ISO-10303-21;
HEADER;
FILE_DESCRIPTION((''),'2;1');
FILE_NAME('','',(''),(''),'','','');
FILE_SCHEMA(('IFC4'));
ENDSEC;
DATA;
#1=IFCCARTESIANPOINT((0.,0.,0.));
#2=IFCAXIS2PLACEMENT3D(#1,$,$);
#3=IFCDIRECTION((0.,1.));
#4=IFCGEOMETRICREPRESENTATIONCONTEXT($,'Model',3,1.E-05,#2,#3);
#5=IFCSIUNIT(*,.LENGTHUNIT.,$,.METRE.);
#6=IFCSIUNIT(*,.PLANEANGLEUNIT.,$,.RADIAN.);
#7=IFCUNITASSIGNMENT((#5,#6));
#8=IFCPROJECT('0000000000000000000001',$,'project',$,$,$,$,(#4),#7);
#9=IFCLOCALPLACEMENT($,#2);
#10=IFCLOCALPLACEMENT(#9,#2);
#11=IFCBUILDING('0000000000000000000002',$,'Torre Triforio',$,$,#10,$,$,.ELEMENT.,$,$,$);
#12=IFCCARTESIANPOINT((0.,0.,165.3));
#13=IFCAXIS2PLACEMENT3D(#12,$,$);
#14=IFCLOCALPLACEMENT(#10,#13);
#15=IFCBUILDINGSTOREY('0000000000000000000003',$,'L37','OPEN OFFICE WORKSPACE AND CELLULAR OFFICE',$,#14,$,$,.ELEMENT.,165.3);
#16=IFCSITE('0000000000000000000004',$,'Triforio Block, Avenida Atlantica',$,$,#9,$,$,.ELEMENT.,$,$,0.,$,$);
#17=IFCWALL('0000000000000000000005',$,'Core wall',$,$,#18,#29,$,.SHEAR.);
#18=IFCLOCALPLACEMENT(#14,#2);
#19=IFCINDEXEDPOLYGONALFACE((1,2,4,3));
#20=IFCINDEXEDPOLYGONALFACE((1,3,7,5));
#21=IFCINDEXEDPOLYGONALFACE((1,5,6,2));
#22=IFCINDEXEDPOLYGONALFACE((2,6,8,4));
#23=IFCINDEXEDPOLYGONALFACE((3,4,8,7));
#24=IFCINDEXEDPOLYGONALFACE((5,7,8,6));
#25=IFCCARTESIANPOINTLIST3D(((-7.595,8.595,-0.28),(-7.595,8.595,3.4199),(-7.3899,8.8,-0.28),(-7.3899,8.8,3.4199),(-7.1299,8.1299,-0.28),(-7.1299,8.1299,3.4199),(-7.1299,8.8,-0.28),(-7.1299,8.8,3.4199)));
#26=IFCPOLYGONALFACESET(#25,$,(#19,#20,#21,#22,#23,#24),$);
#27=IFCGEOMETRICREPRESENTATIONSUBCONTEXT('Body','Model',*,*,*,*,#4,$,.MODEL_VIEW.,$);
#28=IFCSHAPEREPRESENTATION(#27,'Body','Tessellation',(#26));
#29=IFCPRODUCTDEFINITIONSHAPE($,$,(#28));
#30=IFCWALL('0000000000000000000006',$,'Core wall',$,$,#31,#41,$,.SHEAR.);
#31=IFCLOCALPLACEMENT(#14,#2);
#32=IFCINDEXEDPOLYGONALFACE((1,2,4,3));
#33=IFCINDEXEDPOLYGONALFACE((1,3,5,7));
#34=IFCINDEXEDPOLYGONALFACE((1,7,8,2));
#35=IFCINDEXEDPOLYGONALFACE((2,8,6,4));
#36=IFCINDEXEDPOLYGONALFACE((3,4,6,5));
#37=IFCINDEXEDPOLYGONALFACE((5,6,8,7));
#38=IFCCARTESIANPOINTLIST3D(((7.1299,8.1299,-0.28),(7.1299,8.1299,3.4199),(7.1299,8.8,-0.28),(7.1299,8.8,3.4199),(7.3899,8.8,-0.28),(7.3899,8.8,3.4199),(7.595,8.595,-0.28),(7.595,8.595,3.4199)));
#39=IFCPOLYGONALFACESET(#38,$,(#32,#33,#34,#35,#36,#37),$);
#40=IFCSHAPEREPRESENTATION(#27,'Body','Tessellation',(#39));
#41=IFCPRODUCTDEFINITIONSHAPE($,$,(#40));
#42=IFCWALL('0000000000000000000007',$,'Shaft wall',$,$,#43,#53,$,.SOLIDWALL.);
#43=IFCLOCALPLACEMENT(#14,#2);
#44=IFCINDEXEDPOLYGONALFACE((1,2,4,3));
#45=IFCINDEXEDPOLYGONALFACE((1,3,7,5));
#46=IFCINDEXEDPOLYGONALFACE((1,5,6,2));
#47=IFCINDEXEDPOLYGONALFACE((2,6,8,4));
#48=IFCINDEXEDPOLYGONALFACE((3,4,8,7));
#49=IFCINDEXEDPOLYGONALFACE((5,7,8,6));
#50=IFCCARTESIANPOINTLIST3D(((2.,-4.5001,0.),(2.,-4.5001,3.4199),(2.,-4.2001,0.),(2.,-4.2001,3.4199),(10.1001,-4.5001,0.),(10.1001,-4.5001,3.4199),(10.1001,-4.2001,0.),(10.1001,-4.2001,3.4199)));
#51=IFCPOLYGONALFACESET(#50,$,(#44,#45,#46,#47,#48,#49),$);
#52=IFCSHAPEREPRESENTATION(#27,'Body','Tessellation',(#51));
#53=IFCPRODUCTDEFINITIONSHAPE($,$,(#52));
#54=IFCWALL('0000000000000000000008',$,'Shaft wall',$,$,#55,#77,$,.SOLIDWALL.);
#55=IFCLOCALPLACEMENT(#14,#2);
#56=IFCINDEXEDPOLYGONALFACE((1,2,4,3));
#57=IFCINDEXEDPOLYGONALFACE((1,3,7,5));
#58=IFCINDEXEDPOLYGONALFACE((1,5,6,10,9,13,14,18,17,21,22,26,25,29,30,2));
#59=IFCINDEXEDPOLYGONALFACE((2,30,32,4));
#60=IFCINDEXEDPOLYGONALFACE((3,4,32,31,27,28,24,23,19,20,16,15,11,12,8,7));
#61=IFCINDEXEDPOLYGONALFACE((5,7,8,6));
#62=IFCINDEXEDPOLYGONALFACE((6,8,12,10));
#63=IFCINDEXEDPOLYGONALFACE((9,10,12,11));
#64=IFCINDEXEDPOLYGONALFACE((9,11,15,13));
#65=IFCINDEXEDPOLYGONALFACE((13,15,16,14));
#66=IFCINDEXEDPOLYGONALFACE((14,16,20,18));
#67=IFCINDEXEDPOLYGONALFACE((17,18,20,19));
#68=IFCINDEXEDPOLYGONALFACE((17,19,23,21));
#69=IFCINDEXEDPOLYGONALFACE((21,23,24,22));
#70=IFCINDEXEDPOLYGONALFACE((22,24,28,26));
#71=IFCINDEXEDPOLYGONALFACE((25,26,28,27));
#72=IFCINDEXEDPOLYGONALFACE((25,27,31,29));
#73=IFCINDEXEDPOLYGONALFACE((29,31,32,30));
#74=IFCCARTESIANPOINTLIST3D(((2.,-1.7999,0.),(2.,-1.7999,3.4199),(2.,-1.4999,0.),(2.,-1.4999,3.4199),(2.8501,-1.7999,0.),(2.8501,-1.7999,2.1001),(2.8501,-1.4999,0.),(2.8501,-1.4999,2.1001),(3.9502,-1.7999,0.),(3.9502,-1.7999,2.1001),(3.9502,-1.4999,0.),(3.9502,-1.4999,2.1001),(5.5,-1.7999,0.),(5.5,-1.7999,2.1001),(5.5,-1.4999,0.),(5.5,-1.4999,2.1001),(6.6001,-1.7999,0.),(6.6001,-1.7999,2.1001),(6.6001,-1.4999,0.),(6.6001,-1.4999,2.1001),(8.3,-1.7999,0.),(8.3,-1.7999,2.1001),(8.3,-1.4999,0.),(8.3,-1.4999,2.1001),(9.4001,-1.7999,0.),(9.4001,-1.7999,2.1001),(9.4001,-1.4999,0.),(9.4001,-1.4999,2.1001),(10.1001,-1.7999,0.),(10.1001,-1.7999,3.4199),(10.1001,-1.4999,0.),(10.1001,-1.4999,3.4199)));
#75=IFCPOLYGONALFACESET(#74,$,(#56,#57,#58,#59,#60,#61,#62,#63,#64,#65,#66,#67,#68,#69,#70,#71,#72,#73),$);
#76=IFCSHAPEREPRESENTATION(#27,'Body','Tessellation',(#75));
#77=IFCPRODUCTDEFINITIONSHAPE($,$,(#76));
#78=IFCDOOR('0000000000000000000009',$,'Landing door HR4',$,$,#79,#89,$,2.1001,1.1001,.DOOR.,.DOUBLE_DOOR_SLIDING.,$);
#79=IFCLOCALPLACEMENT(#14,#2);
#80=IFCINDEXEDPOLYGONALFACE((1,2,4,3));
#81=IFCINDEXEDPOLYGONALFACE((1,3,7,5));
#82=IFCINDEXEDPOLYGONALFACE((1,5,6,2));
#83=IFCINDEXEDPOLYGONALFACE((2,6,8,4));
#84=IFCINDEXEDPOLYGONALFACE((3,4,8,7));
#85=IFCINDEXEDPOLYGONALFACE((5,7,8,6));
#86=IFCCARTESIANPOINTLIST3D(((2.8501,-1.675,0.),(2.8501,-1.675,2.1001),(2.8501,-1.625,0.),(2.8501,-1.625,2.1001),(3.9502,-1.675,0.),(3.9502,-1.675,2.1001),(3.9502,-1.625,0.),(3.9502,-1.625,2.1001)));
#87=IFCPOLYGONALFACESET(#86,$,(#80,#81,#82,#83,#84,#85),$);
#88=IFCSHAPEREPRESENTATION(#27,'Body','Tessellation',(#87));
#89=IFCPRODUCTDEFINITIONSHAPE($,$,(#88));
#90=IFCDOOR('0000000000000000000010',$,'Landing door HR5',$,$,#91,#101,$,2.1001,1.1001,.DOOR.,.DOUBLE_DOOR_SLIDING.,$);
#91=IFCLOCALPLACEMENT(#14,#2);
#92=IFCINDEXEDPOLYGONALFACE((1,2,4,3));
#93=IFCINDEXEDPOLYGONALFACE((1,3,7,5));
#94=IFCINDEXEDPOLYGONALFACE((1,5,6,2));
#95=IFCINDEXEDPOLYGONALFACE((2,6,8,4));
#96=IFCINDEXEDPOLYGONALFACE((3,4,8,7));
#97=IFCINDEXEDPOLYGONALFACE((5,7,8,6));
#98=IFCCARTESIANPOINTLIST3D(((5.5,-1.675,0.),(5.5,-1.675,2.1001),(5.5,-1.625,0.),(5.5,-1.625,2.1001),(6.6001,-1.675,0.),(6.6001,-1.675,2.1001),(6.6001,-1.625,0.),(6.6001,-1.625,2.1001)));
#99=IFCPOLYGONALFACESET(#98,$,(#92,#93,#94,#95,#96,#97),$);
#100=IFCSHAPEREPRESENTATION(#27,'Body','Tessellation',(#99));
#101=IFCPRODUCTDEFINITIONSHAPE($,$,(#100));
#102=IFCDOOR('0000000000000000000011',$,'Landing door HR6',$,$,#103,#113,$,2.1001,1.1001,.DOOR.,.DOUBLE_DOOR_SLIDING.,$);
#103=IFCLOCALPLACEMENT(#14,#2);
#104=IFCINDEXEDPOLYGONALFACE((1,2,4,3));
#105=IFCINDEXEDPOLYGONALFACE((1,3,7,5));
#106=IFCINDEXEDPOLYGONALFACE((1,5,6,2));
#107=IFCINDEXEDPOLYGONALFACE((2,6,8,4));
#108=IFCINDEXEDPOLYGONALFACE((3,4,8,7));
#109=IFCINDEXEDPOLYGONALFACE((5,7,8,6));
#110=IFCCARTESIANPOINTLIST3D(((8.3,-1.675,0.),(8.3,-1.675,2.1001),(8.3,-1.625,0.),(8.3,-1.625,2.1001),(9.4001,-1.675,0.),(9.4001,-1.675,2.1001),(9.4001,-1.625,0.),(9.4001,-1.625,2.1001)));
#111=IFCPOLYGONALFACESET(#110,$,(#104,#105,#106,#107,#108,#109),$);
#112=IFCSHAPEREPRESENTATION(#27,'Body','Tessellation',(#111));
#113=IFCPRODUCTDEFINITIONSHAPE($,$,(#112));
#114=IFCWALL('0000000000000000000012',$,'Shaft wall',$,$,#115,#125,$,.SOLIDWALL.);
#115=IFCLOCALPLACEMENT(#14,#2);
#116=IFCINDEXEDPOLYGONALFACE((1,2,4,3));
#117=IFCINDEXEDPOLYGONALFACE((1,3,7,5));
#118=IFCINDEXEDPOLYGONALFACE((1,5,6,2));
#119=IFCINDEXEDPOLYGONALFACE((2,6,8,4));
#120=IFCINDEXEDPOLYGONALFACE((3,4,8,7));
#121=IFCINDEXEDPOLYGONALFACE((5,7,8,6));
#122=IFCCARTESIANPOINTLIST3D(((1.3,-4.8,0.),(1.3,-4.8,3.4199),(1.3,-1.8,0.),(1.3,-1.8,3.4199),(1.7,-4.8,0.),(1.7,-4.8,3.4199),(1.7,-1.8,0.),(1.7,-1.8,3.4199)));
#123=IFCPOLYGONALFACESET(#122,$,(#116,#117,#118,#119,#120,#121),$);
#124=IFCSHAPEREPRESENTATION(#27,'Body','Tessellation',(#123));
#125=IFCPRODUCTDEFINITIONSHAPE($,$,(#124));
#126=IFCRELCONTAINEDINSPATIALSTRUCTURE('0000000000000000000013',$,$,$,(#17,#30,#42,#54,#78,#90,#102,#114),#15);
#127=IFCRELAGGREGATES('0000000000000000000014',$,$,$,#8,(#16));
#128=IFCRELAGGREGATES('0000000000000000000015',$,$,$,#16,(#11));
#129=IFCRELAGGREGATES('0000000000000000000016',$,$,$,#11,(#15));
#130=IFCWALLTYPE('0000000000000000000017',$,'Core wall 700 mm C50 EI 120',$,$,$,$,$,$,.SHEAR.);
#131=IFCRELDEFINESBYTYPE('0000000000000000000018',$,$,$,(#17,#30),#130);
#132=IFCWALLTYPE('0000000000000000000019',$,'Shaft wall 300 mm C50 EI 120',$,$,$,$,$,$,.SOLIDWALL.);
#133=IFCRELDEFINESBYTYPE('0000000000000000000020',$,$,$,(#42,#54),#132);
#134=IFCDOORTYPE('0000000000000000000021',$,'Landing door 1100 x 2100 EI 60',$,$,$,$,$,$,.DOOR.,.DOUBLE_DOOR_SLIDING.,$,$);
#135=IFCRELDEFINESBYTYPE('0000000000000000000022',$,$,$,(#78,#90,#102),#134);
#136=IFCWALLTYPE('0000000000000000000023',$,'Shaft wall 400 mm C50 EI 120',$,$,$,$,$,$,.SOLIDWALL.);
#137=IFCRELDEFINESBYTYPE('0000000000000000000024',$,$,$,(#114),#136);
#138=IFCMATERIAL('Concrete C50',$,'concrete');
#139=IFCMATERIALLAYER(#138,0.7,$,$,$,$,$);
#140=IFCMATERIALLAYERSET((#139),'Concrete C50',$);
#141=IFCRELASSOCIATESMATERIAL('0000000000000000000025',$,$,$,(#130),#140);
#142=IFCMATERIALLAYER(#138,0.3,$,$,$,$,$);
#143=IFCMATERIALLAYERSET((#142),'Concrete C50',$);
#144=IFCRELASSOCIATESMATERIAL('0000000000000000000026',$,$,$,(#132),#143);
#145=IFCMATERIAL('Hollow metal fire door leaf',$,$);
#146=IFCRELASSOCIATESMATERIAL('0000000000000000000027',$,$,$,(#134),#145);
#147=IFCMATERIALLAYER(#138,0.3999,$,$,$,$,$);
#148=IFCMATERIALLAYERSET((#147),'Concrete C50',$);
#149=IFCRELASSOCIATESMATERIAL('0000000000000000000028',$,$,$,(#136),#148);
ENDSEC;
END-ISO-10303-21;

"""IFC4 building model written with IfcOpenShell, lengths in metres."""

from ifc_helpers import new_model, si_unit, direction, frame, frame_2d, origin, place, context, subcontext, project, spatial, polyline, rectangle, outline, extrude, material, layer, layer_set, type_object, element, fill, save


model = new_model("IFC4")

# Units and contexts
model_context = context("Model", 3, precision=1e-05, world=origin(), true_north=direction((0.0, 1.0)))
body_context = subcontext(model_context, "Body", "Model", "MODEL_VIEW")
ifc_project = project(units=[si_unit("LENGTHUNIT", "METRE"), si_unit("PLANEANGLEUNIT", "RADIAN")], contexts=[model_context])

# Site, building, storey
site_placement = place(None, origin())
site = spatial("IfcSite", under=ifc_project, at=site_placement, Name="Triforio Block, Avenida Atlantica", CompositionType="ELEMENT", RefElevation=0.0)
building_placement = place(site_placement, origin())
building = spatial("IfcBuilding", under=site, at=building_placement, Name="Torre Triforio", CompositionType="ELEMENT")
storey_placement = place(building_placement, frame((0.0, 0.0, 165.3)))
storey = spatial("IfcBuildingStorey", under=building, at=storey_placement, Name="L37", Description="OPEN OFFICE WORKSPACE AND CELLULAR OFFICE", CompositionType="ELEMENT", Elevation=165.3)

# Shared definitions
ifc_material_1 = material(Name="Concrete C50", Category="concrete")

# Walls
ifc_layer_1 = layer(ifc_material_1, 0.7)
ifc_layer_set_1 = layer_set([ifc_layer_1], Name="Concrete C50")
wall_type_1 = type_object("IfcWallType", Name="Core wall 700 mm C50 EI 120", PredefinedType="SHEAR", material=ifc_layer_set_1)
wall_1_placement = place(storey_placement, frame((0.0, 0.0, -0.28)))
element("IfcWall", 1, at=wall_1_placement, inside=storey, type_object=wall_type_1, Name="Core wall", PredefinedType="SHEAR", context=body_context, shape_type="SweptSolid", body=[
    extrude(outline(polyline([(-7.3899, 8.8), (-7.1299, 8.8), (-7.1299, 8.8), (-7.1299, 8.1299), (-7.595, 8.595), (-7.595, 8.595), (-7.595, 8.595), (-7.3899, 8.8)])), origin(), (0.0, 0.0, 1.0), 3.7),
])
wall_2_placement = place(storey_placement, frame((0.0, 0.0, -0.28)))
element("IfcWall", 2, at=wall_2_placement, inside=storey, type_object=wall_type_1, Name="Core wall", PredefinedType="SHEAR", context=body_context, shape_type="SweptSolid", body=[
    extrude(outline(polyline([(7.3899, 8.8), (7.595, 8.595), (7.595, 8.595), (7.595, 8.595), (7.1299, 8.1299), (7.1299, 8.8), (7.1299, 8.8), (7.3899, 8.8)])), origin(), (0.0, 0.0, 1.0), 3.7),
])
ifc_layer_2 = layer(ifc_material_1, 0.3)
ifc_layer_set_2 = layer_set([ifc_layer_2], Name="Concrete C50")
wall_type_2 = type_object("IfcWallType", Name="Shaft wall 300 mm C50 EI 120", PredefinedType="SOLIDWALL", material=ifc_layer_set_2)
wall_3_placement = place(storey_placement, frame((2.0, -4.3501, 0.0), z_axis=(0.0, 0.0, 1.0), x_axis=(1.0, 0.0, 0.0)))
element("IfcWall", 3, at=wall_3_placement, inside=storey, type_object=wall_type_2, Name="Shaft wall", PredefinedType="SOLIDWALL", context=body_context, shape_type="SweptSolid", body=[
    extrude(rectangle(XDim=8.1001, YDim=0.3, at=frame_2d((4.05, 0.0))), origin(), (0.0, 0.0, 1.0), 3.4199),
])

# Wall, openings, doors
wall_4_placement = place(storey_placement, frame((2.0, -1.6499, 0.0), z_axis=(0.0, 0.0, 1.0), x_axis=(1.0, 0.0, 0.0)))
wall_4 = element("IfcWall", 4, at=wall_4_placement, inside=storey, type_object=wall_type_2, Name="Shaft wall", PredefinedType="SOLIDWALL", context=body_context, shape_type="SweptSolid", body=[
    extrude(rectangle(XDim=8.1001, YDim=0.3, at=frame_2d((4.05, 0.0))), origin(), (0.0, 0.0, 1.0), 3.4199),
])
opening_1_placement = place(wall_4_placement, frame((0.8501, 0.0, 0.0)))
opening_1 = element("IfcOpeningElement", 5, at=opening_1_placement, cuts=wall_4, PredefinedType="OPENING", context=body_context, shape_type="SweptSolid", body=[
    extrude(rectangle(XDim=1.1001, YDim=2.1001, at=frame_2d((0.55, 1.05))), frame((0.0, 0.1599, 0.0), z_axis=(0.0, -1.0, 0.0), x_axis=(1.0, 0.0, 0.0)), (0.0, 0.0, 1.0), 0.3201),
])
opening_2_placement = place(wall_4_placement, frame((3.5, 0.0, 0.0)))
opening_2 = element("IfcOpeningElement", 6, at=opening_2_placement, cuts=wall_4, PredefinedType="OPENING", context=body_context, shape_type="SweptSolid", body=[
    extrude(rectangle(XDim=1.1001, YDim=2.1001, at=frame_2d((0.55, 1.05))), frame((0.0, 0.1599, 0.0), z_axis=(0.0, -1.0, 0.0), x_axis=(1.0, 0.0, 0.0)), (0.0, 0.0, 1.0), 0.3201),
])
opening_3_placement = place(wall_4_placement, frame((6.3, 0.0, 0.0)))
opening_3 = element("IfcOpeningElement", 7, at=opening_3_placement, cuts=wall_4, PredefinedType="OPENING", context=body_context, shape_type="SweptSolid", body=[
    extrude(rectangle(XDim=1.1001, YDim=2.1001, at=frame_2d((0.55, 1.05))), frame((0.0, 0.1599, 0.0), z_axis=(0.0, -1.0, 0.0), x_axis=(1.0, 0.0, 0.0)), (0.0, 0.0, 1.0), 0.3201),
])
ifc_material_2 = material(Name="Hollow metal fire door leaf")
door_type = type_object("IfcDoorType", Name="Landing door 1100 x 2100 EI 60", OperationType="DOUBLE_DOOR_SLIDING", PredefinedType="DOOR", material=ifc_material_2)
door_1_placement = place(opening_1_placement, origin())
door_1 = element("IfcDoor", 8, at=door_1_placement, inside=storey, type_object=door_type, Name="Landing door HR4", OperationType="DOUBLE_DOOR_SLIDING", OverallHeight=2.1001, OverallWidth=1.1001, PredefinedType="DOOR", context=body_context, shape_type="SweptSolid", body=[
    extrude(rectangle(XDim=1.1001, YDim=2.1001, at=frame_2d((0.55, 1.05))), frame((0.0, 0.0249, 0.0), z_axis=(0.0, -1.0, 0.0), x_axis=(1.0, 0.0, 0.0)), (0.0, 0.0, 1.0), 0.05),
])
fill(opening_1, door_1)
door_2_placement = place(opening_2_placement, origin())
door_2 = element("IfcDoor", 9, at=door_2_placement, inside=storey, type_object=door_type, Name="Landing door HR5", OperationType="DOUBLE_DOOR_SLIDING", OverallHeight=2.1001, OverallWidth=1.1001, PredefinedType="DOOR", context=body_context, shape_type="SweptSolid", body=[
    extrude(rectangle(XDim=1.1001, YDim=2.1001, at=frame_2d((0.55, 1.05))), frame((0.0, 0.0249, 0.0), z_axis=(0.0, -1.0, 0.0), x_axis=(1.0, 0.0, 0.0)), (0.0, 0.0, 1.0), 0.05),
])
fill(opening_2, door_2)
door_3_placement = place(opening_3_placement, origin())
door_3 = element("IfcDoor", 10, at=door_3_placement, inside=storey, type_object=door_type, Name="Landing door HR6", OperationType="DOUBLE_DOOR_SLIDING", OverallHeight=2.1001, OverallWidth=1.1001, PredefinedType="DOOR", context=body_context, shape_type="SweptSolid", body=[
    extrude(rectangle(XDim=1.1001, YDim=2.1001, at=frame_2d((0.55, 1.05))), frame((0.0, 0.0249, 0.0), z_axis=(0.0, -1.0, 0.0), x_axis=(1.0, 0.0, 0.0)), (0.0, 0.0, 1.0), 0.05),
])
fill(opening_3, door_3)

# Wall
ifc_layer_3 = layer(ifc_material_1, 0.3999)
ifc_layer_set_3 = layer_set([ifc_layer_3], Name="Concrete C50")
wall_type_3 = type_object("IfcWallType", Name="Shaft wall 400 mm C50 EI 120", PredefinedType="SOLIDWALL", material=ifc_layer_set_3)
wall_5_placement = place(storey_placement, frame((1.5, -4.8, 0.0), z_axis=(0.0, 0.0, 1.0), x_axis=(0.0, 1.0, 0.0)))
element("IfcWall", 11, at=wall_5_placement, inside=storey, type_object=wall_type_3, Name="Shaft wall", PredefinedType="SOLIDWALL", context=body_context, shape_type="SweptSolid", body=[
    extrude(rectangle(XDim=3.0, YDim=0.3999, at=frame_2d((1.5, 0.0))), origin(), (0.0, 0.0, 1.0), 3.4199),
])

save(model, "model.ifc")
